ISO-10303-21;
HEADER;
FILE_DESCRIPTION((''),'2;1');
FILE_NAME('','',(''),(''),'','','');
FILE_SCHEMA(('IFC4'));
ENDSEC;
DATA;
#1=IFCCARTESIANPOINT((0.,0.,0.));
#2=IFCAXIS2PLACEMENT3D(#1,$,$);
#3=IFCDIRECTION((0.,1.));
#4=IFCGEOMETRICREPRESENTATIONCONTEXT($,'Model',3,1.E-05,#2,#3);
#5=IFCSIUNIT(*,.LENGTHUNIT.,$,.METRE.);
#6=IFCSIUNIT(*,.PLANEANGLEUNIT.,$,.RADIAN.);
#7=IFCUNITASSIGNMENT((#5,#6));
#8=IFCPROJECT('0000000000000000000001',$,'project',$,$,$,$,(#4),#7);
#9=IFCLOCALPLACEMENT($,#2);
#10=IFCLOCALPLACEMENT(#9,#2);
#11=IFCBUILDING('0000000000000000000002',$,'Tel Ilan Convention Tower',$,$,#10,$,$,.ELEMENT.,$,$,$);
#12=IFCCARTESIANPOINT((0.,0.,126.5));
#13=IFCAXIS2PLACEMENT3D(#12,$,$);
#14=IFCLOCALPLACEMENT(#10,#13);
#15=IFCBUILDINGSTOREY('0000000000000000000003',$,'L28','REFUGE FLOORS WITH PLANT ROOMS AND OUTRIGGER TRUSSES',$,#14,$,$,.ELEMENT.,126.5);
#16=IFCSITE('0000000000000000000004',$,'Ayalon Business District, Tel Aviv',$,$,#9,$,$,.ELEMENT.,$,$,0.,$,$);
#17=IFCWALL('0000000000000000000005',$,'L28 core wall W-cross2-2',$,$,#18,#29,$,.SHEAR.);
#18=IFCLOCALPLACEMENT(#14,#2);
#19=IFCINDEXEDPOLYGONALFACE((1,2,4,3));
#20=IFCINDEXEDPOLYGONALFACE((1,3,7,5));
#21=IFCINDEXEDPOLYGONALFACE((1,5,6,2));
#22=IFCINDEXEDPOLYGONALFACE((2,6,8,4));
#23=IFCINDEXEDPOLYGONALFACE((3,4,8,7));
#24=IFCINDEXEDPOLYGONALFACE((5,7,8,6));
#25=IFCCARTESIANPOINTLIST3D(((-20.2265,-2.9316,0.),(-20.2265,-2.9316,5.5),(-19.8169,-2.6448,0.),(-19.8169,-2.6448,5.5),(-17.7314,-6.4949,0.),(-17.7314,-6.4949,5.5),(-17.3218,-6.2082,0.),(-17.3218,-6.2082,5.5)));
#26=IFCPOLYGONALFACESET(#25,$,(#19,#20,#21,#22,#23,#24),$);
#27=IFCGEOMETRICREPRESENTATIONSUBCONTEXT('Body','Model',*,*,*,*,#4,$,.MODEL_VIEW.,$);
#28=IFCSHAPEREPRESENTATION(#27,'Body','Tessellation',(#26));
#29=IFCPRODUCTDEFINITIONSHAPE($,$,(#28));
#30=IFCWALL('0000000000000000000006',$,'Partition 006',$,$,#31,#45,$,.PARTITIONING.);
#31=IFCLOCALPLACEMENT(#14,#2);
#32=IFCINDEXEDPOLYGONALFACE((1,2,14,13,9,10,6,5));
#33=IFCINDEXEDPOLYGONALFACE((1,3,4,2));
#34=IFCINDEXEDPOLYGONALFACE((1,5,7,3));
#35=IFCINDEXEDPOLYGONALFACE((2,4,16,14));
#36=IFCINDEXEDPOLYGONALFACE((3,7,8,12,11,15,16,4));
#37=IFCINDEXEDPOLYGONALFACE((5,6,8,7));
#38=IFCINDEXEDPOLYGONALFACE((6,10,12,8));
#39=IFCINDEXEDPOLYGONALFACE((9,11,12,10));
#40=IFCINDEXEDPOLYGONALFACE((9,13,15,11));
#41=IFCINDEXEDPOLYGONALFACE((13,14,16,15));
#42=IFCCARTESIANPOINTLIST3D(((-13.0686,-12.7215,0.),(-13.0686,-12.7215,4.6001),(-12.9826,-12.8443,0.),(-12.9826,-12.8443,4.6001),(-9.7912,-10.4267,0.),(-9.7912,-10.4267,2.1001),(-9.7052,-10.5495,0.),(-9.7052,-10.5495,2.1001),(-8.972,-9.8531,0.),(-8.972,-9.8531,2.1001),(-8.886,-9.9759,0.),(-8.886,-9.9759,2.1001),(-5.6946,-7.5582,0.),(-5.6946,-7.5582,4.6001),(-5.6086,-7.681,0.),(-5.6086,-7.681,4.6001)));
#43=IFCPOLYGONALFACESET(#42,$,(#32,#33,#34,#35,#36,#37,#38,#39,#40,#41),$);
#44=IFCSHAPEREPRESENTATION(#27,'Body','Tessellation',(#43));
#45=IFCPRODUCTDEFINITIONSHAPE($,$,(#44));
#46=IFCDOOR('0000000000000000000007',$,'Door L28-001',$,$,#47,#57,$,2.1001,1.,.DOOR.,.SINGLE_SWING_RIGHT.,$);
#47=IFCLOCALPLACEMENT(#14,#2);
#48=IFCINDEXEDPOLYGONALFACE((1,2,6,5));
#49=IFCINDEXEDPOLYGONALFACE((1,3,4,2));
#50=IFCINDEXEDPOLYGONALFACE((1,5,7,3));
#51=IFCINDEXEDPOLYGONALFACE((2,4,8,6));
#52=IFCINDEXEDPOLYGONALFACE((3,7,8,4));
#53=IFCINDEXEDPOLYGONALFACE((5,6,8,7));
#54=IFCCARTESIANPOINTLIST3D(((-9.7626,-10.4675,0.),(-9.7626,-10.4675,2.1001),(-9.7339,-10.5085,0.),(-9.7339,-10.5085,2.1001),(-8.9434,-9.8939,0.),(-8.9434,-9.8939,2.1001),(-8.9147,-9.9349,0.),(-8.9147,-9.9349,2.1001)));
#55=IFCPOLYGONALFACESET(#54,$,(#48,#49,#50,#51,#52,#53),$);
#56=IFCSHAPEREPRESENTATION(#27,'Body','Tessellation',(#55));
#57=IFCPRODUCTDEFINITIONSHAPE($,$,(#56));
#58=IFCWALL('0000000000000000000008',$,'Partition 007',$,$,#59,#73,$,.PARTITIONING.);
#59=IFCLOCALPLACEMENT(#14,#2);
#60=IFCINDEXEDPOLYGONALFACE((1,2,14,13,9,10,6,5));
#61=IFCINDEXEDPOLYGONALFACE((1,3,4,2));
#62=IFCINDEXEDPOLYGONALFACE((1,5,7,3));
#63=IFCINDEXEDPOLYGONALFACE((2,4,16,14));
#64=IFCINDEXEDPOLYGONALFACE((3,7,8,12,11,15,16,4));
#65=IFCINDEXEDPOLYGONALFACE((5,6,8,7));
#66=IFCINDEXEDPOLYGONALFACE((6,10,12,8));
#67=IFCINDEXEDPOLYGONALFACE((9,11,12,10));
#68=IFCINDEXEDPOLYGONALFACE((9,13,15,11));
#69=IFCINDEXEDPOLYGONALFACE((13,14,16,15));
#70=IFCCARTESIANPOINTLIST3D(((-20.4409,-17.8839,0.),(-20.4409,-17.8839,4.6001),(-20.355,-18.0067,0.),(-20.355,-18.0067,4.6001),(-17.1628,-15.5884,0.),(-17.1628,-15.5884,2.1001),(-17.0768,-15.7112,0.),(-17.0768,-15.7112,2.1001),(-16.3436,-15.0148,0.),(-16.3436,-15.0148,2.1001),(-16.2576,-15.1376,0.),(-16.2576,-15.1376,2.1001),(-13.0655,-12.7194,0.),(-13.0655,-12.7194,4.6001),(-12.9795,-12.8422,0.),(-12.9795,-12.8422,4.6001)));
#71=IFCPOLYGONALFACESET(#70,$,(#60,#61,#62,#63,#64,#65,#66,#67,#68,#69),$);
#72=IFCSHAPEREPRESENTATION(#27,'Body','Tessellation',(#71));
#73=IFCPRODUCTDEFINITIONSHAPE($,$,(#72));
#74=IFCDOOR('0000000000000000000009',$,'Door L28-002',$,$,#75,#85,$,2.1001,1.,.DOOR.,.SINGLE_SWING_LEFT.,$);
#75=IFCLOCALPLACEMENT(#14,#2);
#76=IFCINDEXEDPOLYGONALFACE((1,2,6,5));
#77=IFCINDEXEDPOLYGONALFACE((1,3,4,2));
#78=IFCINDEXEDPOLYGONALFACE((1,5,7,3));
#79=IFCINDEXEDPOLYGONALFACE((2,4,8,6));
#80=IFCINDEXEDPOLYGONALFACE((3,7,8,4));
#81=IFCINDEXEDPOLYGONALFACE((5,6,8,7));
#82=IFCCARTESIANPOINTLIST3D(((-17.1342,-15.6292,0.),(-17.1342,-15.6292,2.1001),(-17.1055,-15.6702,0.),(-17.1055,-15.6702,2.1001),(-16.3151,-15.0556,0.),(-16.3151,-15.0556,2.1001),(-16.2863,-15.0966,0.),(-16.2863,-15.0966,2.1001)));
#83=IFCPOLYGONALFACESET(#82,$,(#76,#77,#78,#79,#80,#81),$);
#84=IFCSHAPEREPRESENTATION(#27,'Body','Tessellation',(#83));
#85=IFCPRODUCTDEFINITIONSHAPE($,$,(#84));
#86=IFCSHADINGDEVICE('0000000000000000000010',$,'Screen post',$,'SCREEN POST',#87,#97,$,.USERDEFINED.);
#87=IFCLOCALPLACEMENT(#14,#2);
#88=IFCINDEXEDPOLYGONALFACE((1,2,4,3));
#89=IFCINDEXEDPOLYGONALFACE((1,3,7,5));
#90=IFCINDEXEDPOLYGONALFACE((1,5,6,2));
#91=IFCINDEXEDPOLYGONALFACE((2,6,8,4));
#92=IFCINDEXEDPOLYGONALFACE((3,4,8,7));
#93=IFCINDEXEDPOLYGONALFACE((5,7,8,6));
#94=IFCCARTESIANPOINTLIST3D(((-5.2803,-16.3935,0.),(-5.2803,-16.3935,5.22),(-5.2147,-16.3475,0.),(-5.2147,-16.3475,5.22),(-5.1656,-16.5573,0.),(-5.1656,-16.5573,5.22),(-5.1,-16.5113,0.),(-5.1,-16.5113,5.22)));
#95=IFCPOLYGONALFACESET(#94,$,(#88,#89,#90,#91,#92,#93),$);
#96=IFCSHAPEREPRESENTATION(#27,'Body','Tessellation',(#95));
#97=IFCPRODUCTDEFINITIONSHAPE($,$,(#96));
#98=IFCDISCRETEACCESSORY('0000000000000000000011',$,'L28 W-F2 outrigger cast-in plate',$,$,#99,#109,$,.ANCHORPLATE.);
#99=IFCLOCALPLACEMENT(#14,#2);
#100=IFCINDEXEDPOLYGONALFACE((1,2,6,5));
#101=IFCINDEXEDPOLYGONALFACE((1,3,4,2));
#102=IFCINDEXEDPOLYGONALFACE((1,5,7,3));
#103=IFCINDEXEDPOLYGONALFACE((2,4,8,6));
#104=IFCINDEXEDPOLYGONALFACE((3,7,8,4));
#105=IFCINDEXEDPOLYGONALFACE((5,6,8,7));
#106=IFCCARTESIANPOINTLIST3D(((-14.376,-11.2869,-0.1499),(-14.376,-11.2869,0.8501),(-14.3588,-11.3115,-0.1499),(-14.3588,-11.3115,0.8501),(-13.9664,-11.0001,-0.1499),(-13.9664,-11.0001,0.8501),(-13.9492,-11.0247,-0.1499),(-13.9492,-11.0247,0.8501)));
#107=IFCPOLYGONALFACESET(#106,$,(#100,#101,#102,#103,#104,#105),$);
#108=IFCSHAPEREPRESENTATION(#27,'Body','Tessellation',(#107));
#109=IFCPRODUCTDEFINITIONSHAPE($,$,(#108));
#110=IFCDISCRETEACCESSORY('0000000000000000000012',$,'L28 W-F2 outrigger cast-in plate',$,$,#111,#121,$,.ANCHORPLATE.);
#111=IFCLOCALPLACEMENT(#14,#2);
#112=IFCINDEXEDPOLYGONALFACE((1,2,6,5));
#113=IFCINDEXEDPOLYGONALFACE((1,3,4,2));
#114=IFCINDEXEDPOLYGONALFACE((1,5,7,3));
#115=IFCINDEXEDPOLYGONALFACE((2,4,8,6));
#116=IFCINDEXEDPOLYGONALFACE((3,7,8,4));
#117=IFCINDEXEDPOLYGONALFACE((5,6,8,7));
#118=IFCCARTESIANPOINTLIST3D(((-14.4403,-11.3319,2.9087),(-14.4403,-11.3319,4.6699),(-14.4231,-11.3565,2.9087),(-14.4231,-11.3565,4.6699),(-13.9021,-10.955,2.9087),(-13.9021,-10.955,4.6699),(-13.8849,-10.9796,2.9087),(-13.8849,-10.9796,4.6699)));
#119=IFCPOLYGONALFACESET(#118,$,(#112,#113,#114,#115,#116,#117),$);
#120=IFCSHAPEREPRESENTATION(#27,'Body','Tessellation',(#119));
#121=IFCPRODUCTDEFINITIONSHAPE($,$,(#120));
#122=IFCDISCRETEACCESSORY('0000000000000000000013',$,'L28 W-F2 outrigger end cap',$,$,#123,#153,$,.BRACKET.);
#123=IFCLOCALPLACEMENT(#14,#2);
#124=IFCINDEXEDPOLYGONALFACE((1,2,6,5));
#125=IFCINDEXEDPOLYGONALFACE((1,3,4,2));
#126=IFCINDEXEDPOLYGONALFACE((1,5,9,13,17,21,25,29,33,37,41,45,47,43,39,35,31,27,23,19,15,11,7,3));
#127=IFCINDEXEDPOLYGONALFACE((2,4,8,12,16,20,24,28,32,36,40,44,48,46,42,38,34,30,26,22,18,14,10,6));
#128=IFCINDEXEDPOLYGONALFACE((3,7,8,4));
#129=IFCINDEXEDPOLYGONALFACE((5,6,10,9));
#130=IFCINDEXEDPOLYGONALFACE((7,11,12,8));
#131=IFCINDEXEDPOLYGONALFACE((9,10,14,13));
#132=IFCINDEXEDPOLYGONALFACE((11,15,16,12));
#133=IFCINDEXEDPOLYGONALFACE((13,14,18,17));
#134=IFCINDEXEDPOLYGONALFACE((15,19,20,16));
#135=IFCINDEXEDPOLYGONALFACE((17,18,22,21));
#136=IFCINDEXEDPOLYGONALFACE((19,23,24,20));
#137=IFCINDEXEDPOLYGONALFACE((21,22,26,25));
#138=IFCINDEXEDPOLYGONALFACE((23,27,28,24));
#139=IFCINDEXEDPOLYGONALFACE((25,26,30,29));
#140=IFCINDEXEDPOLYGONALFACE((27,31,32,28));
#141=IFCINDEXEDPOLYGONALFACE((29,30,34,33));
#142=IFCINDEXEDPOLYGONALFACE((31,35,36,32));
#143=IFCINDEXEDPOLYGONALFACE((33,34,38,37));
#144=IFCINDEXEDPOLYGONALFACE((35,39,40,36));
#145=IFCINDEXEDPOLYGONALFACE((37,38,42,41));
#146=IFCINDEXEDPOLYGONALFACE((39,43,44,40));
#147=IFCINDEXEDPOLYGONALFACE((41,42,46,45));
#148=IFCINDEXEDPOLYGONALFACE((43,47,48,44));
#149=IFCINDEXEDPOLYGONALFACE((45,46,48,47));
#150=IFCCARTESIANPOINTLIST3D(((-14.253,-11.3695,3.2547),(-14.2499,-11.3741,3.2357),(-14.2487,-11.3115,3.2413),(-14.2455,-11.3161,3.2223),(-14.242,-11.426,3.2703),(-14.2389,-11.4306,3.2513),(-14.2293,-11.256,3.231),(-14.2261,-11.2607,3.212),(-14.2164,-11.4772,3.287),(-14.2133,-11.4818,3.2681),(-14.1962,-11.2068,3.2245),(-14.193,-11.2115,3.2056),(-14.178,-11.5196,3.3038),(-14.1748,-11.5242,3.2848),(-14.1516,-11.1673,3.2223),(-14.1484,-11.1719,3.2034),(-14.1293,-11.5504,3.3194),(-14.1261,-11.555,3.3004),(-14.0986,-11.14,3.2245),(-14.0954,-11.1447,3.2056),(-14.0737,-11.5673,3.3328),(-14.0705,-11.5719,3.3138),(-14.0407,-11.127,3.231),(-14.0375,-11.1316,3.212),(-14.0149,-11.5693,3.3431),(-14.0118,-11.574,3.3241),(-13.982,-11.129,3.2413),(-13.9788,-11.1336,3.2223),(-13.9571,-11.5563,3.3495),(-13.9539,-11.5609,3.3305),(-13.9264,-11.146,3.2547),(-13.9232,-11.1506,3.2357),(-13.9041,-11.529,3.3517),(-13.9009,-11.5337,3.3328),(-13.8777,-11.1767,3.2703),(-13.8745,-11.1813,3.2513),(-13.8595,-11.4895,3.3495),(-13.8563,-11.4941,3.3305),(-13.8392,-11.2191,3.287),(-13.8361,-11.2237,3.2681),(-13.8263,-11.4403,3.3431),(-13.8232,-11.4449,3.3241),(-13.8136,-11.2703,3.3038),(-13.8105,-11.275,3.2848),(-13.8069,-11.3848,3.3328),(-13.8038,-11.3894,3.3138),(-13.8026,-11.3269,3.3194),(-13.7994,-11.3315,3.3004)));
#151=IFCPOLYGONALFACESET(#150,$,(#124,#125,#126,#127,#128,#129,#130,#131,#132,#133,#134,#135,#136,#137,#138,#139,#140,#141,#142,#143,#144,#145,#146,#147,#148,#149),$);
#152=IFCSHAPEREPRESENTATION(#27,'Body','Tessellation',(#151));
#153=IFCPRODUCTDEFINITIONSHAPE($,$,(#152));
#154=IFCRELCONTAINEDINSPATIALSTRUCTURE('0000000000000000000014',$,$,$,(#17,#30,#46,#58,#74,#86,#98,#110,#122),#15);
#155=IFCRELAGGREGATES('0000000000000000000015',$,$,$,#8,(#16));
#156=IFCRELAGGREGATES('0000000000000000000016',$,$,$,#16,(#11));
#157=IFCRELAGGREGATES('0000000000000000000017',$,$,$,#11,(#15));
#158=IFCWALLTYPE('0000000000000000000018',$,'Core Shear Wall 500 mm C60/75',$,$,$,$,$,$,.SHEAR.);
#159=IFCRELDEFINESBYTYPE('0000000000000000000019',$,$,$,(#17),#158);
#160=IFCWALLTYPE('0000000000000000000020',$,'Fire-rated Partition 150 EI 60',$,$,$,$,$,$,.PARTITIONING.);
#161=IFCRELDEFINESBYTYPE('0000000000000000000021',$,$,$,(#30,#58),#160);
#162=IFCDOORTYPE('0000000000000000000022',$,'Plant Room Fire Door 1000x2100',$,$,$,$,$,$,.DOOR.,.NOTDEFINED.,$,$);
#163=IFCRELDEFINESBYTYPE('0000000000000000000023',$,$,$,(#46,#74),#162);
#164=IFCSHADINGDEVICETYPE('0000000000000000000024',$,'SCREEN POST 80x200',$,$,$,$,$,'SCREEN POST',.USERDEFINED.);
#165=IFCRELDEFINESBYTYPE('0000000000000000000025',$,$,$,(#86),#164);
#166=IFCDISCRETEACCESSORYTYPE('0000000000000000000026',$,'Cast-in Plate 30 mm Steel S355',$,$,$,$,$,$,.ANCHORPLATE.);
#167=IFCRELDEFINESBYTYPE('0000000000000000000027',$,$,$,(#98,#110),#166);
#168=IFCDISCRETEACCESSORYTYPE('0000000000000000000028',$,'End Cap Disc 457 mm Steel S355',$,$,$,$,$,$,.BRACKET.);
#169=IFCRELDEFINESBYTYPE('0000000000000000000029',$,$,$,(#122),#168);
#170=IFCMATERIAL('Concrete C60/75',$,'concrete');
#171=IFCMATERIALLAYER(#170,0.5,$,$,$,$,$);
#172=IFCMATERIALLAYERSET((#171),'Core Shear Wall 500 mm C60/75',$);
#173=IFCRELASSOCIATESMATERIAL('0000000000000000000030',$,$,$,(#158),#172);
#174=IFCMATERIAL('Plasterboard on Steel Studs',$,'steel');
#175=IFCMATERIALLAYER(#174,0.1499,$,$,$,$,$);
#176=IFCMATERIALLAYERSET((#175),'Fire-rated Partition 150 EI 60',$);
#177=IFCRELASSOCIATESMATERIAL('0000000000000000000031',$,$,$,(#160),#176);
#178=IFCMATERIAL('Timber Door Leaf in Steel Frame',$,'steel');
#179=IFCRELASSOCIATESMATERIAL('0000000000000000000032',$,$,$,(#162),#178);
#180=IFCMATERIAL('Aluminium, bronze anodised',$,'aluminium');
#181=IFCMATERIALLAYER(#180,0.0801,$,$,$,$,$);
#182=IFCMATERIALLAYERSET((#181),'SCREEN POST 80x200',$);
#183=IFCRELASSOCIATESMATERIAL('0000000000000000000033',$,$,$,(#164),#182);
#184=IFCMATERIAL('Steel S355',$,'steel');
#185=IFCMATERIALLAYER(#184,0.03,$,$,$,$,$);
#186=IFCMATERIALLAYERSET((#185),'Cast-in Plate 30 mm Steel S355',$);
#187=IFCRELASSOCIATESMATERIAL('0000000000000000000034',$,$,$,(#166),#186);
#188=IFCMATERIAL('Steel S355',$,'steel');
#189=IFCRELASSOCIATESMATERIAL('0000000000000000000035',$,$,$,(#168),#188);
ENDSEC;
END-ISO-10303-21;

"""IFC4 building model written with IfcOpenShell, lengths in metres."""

from ifc_helpers import new_model, si_unit, direction, frame, frame_2d, origin, origin_2d, place, context, subcontext, project, spatial, polyline, rectangle, circle, outline, extrude, material, layer, layer_set, material_profile, profile_set, type_object, element, fill, save


model = new_model("IFC4")

# Units and contexts
model_context = context("Model", 3, precision=1e-05, world=origin(), true_north=direction((0.0, 1.0)))
body_context = subcontext(model_context, "Body", "Model", "MODEL_VIEW")
ifc_project = project(units=[si_unit("LENGTHUNIT", "METRE"), si_unit("PLANEANGLEUNIT", "RADIAN")], contexts=[model_context])

# Site, building, storey
site_placement = place(None, origin())
site = spatial("IfcSite", under=ifc_project, at=site_placement, Name="Ayalon Business District, Tel Aviv", CompositionType="ELEMENT", RefElevation=0.0)
building_placement = place(site_placement, origin())
building = spatial("IfcBuilding", under=site, at=building_placement, Name="Tel Ilan Convention Tower", CompositionType="ELEMENT")
storey_placement = place(building_placement, frame((0.0, 0.0, 126.5)))
storey = spatial("IfcBuildingStorey", under=building, at=storey_placement, Name="L28", Description="REFUGE FLOORS WITH PLANT ROOMS AND OUTRIGGER TRUSSES", CompositionType="ELEMENT", Elevation=126.5)

# Wall
ifc_material_1 = material(Name="Concrete C60/75", Category="concrete")
ifc_layer_1 = layer(ifc_material_1, 0.5)
ifc_layer_set_1 = layer_set([ifc_layer_1], Name="Core Shear Wall 500 mm C60/75")
wall_type_1 = type_object("IfcWallType", Name="Core Shear Wall 500 mm C60/75", PredefinedType="SHEAR", material=ifc_layer_set_1)
wall_1_placement = place(storey_placement, frame((-17.5266, -6.3516, 0.0), z_axis=(0.0, 0.0, 1.0), x_axis=(-0.57353, 0.819184, 0.0)))
element("IfcWall", 1, at=wall_1_placement, inside=storey, type_object=wall_type_1, Name="L28 core wall W-cross2-2", PredefinedType="SHEAR", context=body_context, shape_type="SweptSolid", body=[
    extrude(outline(polyline([(4.3501, -0.2498), (4.3501, 0.2502), (0.0, 0.25), (0.0, -0.25), (4.3501, -0.2498)])), origin(), (0.0, 0.0, 1.0), 5.5),
])

# Walls, openings, doors
ifc_material_2 = material(Name="Plasterboard on Steel Studs", Category="steel")
ifc_layer_2 = layer(ifc_material_2, 0.1499)
ifc_layer_set_2 = layer_set([ifc_layer_2], Name="Fire-rated Partition 150 EI 60")
wall_type_2 = type_object("IfcWallType", Name="Fire-rated Partition 150 EI 60", PredefinedType="PARTITIONING", material=ifc_layer_set_2)
wall_2_placement = place(storey_placement, frame((-5.6516, -7.6196, 0.0), z_axis=(0.0, 0.0, 1.0), x_axis=(-0.819153, -0.573575, 0.0)))
wall_2 = element("IfcWall", 2, at=wall_2_placement, inside=storey, type_object=wall_type_2, Name="Partition 006", PredefinedType="PARTITIONING", context=body_context, shape_type="SweptSolid", body=[
    extrude(rectangle(XDim=9.002, YDim=0.1499, at=frame_2d((4.501, 0.0))), origin(), (0.0, 0.0, 1.0), 4.6001),
])
opening_1_placement = place(wall_2_placement, frame((4.001, 0.0, 0.0)))
opening_1 = element("IfcOpeningElement", 3, at=opening_1_placement, cuts=wall_2, PredefinedType="OPENING", context=body_context, shape_type="SweptSolid", body=[
    extrude(rectangle(XDim=1.0, YDim=2.1001, at=frame_2d((0.5, 1.05))), frame((0.0, 0.085, 0.0), z_axis=(0.0, -1.0, 0.0), x_axis=(1.0, 0.0, 0.0)), (0.0, 0.0, 1.0), 0.1699),
])
ifc_material_3 = material(Name="Timber Door Leaf in Steel Frame", Category="steel")
door_type = type_object("IfcDoorType", Name="Plant Room Fire Door 1000x2100", OperationType="NOTDEFINED", PredefinedType="DOOR", material=ifc_material_3)
door_1_placement = place(opening_1_placement, origin())
door_1 = element("IfcDoor", 4, at=door_1_placement, inside=storey, type_object=door_type, Name="Door L28-001", OperationType="SINGLE_SWING_RIGHT", OverallHeight=2.1001, OverallWidth=1.0, PredefinedType="DOOR", context=body_context, shape_type="SweptSolid", body=[
    extrude(rectangle(XDim=1.0, YDim=2.1001, at=frame_2d((0.5, 1.05))), frame((0.0, 0.0249, 0.0), z_axis=(0.0, -1.0, 0.0), x_axis=(1.0, 0.0, 0.0)), (0.0, 0.0, 1.0), 0.05),
])
fill(opening_1, door_1)
wall_3_placement = place(storey_placement, frame((-13.0225, -12.7808, 0.0), z_axis=(0.0, 0.0, 1.0), x_axis=(-0.819143, -0.57359, 0.0)))
wall_3 = element("IfcWall", 5, at=wall_3_placement, inside=storey, type_object=wall_type_2, Name="Partition 007", PredefinedType="PARTITIONING", context=body_context, shape_type="SweptSolid", body=[
    extrude(rectangle(XDim=9.0039, YDim=0.1499, at=frame_2d((4.502, 0.0))), origin(), (0.0, 0.0, 1.0), 4.6001),
])
opening_2_placement = place(wall_3_placement, frame((4.002, 0.0, 0.0)))
opening_2 = element("IfcOpeningElement", 6, at=opening_2_placement, cuts=wall_3, PredefinedType="OPENING", context=body_context, shape_type="SweptSolid", body=[
    extrude(rectangle(XDim=1.0, YDim=2.1001, at=frame_2d((0.5, 1.05))), frame((0.0, 0.085, 0.0), z_axis=(0.0, -1.0, 0.0), x_axis=(1.0, 0.0, 0.0)), (0.0, 0.0, 1.0), 0.1699),
])
door_2_placement = place(opening_2_placement, origin())
door_2 = element("IfcDoor", 7, at=door_2_placement, inside=storey, type_object=door_type, Name="Door L28-002", OperationType="SINGLE_SWING_LEFT", OverallHeight=2.1001, OverallWidth=1.0, PredefinedType="DOOR", context=body_context, shape_type="SweptSolid", body=[
    extrude(rectangle(XDim=1.0, YDim=2.1001, at=frame_2d((0.5, 1.05))), frame((0.0, 0.0249, 0.0), z_axis=(0.0, -1.0, 0.0), x_axis=(1.0, 0.0, 0.0)), (0.0, 0.0, 1.0), 0.05),
])
fill(opening_2, door_2)

# Shading device
ifc_material_4 = material(Name="Aluminium, bronze anodised", Category="aluminium")
ifc_layer_3 = layer(ifc_material_4, 0.0801)
ifc_layer_set_3 = layer_set([ifc_layer_3], Name="SCREEN POST 80x200")
shading_device_type = type_object("IfcShadingDeviceType", Name="SCREEN POST 80x200", ElementType="SCREEN POST", PredefinedType="USERDEFINED", material=ifc_layer_set_3)
shading_device_placement = place(storey_placement, frame((-5.1902, -16.4524, 0.0), z_axis=(0.0, 0.0, 1.0), x_axis=(0.819152, 0.573576, 0.0)))
element("IfcShadingDevice", 8, at=shading_device_placement, inside=storey, type_object=shading_device_type, Name="Screen post", ObjectType="SCREEN POST", PredefinedType="USERDEFINED", context=body_context, shape_type="SweptSolid", body=[
    extrude(rectangle(XDim=0.0801, YDim=0.2, at=origin_2d()), origin(), (0.0, 0.0, 1.0), 5.22),
])

# Discrete accessories
ifc_material_5 = material(Name="Steel S355", Category="steel")
ifc_layer_4 = layer(ifc_material_5, 0.03)
ifc_layer_set_4 = layer_set([ifc_layer_4], Name="Cast-in Plate 30 mm Steel S355")
discrete_accessory_type_1 = type_object("IfcDiscreteAccessoryType", Name="Cast-in Plate 30 mm Steel S355", PredefinedType="ANCHORPLATE", material=ifc_layer_set_4)
discrete_accessory_1_placement = place(storey_placement, frame((-14.1626, -11.1558, -0.1499), z_axis=(0.0, 0.0, 1.0), x_axis=(-0.573576, 0.819152, 0.0)))
element("IfcDiscreteAccessory", 9, at=discrete_accessory_1_placement, inside=storey, type_object=discrete_accessory_type_1, Name="L28 W-F2 outrigger cast-in plate", PredefinedType="ANCHORPLATE", context=body_context, shape_type="SweptSolid", body=[
    extrude(rectangle(XDim=0.03, YDim=0.5, at=origin_2d()), origin(), (0.0, 0.0, 1.0), 1.0),
])
discrete_accessory_2_placement = place(storey_placement, frame((-14.1626, -11.1558, 2.9087), z_axis=(0.0, 0.0, 1.0), x_axis=(-0.573576, 0.819152, 0.0)))
element("IfcDiscreteAccessory", 10, at=discrete_accessory_2_placement, inside=storey, type_object=discrete_accessory_type_1, Name="L28 W-F2 outrigger cast-in plate", PredefinedType="ANCHORPLATE", context=body_context, shape_type="SweptSolid", body=[
    extrude(rectangle(XDim=0.03, YDim=0.657, at=origin_2d()), origin(), (0.0, 0.0, 1.0), 1.7612),
])
ifc_material_6 = material(Name="Steel S355", Category="steel")
ifc_material_profile_1 = material_profile(ifc_material_6, circle(Radius=0.2285, at=origin_2d()), Name="End Cap Disc 457 mm Steel S355")
ifc_profile_set_1 = profile_set([ifc_material_profile_1], Name="Steel S355")
discrete_accessory_type_2 = type_object("IfcDiscreteAccessoryType", Name="End Cap Disc 457 mm Steel S355", PredefinedType="BRACKET", material=ifc_profile_set_1)
discrete_accessory_3_placement = place(storey_placement, frame((-14.0247, -11.3528, 3.2681), z_axis=(-0.159849, 0.233626, 0.959097), x_axis=(-0.825307, -0.564684, 0.0)))
element("IfcDiscreteAccessory", 11, at=discrete_accessory_3_placement, inside=storey, type_object=discrete_accessory_type_2, Name="L28 W-F2 outrigger end cap", PredefinedType="BRACKET", context=body_context, shape_type="SweptSolid", body=[
    extrude(circle(Radius=0.2285, at=origin_2d()), origin(), (0.0, 0.0, 1.0), 0.0198),
])

save(model, "model.ifc")
